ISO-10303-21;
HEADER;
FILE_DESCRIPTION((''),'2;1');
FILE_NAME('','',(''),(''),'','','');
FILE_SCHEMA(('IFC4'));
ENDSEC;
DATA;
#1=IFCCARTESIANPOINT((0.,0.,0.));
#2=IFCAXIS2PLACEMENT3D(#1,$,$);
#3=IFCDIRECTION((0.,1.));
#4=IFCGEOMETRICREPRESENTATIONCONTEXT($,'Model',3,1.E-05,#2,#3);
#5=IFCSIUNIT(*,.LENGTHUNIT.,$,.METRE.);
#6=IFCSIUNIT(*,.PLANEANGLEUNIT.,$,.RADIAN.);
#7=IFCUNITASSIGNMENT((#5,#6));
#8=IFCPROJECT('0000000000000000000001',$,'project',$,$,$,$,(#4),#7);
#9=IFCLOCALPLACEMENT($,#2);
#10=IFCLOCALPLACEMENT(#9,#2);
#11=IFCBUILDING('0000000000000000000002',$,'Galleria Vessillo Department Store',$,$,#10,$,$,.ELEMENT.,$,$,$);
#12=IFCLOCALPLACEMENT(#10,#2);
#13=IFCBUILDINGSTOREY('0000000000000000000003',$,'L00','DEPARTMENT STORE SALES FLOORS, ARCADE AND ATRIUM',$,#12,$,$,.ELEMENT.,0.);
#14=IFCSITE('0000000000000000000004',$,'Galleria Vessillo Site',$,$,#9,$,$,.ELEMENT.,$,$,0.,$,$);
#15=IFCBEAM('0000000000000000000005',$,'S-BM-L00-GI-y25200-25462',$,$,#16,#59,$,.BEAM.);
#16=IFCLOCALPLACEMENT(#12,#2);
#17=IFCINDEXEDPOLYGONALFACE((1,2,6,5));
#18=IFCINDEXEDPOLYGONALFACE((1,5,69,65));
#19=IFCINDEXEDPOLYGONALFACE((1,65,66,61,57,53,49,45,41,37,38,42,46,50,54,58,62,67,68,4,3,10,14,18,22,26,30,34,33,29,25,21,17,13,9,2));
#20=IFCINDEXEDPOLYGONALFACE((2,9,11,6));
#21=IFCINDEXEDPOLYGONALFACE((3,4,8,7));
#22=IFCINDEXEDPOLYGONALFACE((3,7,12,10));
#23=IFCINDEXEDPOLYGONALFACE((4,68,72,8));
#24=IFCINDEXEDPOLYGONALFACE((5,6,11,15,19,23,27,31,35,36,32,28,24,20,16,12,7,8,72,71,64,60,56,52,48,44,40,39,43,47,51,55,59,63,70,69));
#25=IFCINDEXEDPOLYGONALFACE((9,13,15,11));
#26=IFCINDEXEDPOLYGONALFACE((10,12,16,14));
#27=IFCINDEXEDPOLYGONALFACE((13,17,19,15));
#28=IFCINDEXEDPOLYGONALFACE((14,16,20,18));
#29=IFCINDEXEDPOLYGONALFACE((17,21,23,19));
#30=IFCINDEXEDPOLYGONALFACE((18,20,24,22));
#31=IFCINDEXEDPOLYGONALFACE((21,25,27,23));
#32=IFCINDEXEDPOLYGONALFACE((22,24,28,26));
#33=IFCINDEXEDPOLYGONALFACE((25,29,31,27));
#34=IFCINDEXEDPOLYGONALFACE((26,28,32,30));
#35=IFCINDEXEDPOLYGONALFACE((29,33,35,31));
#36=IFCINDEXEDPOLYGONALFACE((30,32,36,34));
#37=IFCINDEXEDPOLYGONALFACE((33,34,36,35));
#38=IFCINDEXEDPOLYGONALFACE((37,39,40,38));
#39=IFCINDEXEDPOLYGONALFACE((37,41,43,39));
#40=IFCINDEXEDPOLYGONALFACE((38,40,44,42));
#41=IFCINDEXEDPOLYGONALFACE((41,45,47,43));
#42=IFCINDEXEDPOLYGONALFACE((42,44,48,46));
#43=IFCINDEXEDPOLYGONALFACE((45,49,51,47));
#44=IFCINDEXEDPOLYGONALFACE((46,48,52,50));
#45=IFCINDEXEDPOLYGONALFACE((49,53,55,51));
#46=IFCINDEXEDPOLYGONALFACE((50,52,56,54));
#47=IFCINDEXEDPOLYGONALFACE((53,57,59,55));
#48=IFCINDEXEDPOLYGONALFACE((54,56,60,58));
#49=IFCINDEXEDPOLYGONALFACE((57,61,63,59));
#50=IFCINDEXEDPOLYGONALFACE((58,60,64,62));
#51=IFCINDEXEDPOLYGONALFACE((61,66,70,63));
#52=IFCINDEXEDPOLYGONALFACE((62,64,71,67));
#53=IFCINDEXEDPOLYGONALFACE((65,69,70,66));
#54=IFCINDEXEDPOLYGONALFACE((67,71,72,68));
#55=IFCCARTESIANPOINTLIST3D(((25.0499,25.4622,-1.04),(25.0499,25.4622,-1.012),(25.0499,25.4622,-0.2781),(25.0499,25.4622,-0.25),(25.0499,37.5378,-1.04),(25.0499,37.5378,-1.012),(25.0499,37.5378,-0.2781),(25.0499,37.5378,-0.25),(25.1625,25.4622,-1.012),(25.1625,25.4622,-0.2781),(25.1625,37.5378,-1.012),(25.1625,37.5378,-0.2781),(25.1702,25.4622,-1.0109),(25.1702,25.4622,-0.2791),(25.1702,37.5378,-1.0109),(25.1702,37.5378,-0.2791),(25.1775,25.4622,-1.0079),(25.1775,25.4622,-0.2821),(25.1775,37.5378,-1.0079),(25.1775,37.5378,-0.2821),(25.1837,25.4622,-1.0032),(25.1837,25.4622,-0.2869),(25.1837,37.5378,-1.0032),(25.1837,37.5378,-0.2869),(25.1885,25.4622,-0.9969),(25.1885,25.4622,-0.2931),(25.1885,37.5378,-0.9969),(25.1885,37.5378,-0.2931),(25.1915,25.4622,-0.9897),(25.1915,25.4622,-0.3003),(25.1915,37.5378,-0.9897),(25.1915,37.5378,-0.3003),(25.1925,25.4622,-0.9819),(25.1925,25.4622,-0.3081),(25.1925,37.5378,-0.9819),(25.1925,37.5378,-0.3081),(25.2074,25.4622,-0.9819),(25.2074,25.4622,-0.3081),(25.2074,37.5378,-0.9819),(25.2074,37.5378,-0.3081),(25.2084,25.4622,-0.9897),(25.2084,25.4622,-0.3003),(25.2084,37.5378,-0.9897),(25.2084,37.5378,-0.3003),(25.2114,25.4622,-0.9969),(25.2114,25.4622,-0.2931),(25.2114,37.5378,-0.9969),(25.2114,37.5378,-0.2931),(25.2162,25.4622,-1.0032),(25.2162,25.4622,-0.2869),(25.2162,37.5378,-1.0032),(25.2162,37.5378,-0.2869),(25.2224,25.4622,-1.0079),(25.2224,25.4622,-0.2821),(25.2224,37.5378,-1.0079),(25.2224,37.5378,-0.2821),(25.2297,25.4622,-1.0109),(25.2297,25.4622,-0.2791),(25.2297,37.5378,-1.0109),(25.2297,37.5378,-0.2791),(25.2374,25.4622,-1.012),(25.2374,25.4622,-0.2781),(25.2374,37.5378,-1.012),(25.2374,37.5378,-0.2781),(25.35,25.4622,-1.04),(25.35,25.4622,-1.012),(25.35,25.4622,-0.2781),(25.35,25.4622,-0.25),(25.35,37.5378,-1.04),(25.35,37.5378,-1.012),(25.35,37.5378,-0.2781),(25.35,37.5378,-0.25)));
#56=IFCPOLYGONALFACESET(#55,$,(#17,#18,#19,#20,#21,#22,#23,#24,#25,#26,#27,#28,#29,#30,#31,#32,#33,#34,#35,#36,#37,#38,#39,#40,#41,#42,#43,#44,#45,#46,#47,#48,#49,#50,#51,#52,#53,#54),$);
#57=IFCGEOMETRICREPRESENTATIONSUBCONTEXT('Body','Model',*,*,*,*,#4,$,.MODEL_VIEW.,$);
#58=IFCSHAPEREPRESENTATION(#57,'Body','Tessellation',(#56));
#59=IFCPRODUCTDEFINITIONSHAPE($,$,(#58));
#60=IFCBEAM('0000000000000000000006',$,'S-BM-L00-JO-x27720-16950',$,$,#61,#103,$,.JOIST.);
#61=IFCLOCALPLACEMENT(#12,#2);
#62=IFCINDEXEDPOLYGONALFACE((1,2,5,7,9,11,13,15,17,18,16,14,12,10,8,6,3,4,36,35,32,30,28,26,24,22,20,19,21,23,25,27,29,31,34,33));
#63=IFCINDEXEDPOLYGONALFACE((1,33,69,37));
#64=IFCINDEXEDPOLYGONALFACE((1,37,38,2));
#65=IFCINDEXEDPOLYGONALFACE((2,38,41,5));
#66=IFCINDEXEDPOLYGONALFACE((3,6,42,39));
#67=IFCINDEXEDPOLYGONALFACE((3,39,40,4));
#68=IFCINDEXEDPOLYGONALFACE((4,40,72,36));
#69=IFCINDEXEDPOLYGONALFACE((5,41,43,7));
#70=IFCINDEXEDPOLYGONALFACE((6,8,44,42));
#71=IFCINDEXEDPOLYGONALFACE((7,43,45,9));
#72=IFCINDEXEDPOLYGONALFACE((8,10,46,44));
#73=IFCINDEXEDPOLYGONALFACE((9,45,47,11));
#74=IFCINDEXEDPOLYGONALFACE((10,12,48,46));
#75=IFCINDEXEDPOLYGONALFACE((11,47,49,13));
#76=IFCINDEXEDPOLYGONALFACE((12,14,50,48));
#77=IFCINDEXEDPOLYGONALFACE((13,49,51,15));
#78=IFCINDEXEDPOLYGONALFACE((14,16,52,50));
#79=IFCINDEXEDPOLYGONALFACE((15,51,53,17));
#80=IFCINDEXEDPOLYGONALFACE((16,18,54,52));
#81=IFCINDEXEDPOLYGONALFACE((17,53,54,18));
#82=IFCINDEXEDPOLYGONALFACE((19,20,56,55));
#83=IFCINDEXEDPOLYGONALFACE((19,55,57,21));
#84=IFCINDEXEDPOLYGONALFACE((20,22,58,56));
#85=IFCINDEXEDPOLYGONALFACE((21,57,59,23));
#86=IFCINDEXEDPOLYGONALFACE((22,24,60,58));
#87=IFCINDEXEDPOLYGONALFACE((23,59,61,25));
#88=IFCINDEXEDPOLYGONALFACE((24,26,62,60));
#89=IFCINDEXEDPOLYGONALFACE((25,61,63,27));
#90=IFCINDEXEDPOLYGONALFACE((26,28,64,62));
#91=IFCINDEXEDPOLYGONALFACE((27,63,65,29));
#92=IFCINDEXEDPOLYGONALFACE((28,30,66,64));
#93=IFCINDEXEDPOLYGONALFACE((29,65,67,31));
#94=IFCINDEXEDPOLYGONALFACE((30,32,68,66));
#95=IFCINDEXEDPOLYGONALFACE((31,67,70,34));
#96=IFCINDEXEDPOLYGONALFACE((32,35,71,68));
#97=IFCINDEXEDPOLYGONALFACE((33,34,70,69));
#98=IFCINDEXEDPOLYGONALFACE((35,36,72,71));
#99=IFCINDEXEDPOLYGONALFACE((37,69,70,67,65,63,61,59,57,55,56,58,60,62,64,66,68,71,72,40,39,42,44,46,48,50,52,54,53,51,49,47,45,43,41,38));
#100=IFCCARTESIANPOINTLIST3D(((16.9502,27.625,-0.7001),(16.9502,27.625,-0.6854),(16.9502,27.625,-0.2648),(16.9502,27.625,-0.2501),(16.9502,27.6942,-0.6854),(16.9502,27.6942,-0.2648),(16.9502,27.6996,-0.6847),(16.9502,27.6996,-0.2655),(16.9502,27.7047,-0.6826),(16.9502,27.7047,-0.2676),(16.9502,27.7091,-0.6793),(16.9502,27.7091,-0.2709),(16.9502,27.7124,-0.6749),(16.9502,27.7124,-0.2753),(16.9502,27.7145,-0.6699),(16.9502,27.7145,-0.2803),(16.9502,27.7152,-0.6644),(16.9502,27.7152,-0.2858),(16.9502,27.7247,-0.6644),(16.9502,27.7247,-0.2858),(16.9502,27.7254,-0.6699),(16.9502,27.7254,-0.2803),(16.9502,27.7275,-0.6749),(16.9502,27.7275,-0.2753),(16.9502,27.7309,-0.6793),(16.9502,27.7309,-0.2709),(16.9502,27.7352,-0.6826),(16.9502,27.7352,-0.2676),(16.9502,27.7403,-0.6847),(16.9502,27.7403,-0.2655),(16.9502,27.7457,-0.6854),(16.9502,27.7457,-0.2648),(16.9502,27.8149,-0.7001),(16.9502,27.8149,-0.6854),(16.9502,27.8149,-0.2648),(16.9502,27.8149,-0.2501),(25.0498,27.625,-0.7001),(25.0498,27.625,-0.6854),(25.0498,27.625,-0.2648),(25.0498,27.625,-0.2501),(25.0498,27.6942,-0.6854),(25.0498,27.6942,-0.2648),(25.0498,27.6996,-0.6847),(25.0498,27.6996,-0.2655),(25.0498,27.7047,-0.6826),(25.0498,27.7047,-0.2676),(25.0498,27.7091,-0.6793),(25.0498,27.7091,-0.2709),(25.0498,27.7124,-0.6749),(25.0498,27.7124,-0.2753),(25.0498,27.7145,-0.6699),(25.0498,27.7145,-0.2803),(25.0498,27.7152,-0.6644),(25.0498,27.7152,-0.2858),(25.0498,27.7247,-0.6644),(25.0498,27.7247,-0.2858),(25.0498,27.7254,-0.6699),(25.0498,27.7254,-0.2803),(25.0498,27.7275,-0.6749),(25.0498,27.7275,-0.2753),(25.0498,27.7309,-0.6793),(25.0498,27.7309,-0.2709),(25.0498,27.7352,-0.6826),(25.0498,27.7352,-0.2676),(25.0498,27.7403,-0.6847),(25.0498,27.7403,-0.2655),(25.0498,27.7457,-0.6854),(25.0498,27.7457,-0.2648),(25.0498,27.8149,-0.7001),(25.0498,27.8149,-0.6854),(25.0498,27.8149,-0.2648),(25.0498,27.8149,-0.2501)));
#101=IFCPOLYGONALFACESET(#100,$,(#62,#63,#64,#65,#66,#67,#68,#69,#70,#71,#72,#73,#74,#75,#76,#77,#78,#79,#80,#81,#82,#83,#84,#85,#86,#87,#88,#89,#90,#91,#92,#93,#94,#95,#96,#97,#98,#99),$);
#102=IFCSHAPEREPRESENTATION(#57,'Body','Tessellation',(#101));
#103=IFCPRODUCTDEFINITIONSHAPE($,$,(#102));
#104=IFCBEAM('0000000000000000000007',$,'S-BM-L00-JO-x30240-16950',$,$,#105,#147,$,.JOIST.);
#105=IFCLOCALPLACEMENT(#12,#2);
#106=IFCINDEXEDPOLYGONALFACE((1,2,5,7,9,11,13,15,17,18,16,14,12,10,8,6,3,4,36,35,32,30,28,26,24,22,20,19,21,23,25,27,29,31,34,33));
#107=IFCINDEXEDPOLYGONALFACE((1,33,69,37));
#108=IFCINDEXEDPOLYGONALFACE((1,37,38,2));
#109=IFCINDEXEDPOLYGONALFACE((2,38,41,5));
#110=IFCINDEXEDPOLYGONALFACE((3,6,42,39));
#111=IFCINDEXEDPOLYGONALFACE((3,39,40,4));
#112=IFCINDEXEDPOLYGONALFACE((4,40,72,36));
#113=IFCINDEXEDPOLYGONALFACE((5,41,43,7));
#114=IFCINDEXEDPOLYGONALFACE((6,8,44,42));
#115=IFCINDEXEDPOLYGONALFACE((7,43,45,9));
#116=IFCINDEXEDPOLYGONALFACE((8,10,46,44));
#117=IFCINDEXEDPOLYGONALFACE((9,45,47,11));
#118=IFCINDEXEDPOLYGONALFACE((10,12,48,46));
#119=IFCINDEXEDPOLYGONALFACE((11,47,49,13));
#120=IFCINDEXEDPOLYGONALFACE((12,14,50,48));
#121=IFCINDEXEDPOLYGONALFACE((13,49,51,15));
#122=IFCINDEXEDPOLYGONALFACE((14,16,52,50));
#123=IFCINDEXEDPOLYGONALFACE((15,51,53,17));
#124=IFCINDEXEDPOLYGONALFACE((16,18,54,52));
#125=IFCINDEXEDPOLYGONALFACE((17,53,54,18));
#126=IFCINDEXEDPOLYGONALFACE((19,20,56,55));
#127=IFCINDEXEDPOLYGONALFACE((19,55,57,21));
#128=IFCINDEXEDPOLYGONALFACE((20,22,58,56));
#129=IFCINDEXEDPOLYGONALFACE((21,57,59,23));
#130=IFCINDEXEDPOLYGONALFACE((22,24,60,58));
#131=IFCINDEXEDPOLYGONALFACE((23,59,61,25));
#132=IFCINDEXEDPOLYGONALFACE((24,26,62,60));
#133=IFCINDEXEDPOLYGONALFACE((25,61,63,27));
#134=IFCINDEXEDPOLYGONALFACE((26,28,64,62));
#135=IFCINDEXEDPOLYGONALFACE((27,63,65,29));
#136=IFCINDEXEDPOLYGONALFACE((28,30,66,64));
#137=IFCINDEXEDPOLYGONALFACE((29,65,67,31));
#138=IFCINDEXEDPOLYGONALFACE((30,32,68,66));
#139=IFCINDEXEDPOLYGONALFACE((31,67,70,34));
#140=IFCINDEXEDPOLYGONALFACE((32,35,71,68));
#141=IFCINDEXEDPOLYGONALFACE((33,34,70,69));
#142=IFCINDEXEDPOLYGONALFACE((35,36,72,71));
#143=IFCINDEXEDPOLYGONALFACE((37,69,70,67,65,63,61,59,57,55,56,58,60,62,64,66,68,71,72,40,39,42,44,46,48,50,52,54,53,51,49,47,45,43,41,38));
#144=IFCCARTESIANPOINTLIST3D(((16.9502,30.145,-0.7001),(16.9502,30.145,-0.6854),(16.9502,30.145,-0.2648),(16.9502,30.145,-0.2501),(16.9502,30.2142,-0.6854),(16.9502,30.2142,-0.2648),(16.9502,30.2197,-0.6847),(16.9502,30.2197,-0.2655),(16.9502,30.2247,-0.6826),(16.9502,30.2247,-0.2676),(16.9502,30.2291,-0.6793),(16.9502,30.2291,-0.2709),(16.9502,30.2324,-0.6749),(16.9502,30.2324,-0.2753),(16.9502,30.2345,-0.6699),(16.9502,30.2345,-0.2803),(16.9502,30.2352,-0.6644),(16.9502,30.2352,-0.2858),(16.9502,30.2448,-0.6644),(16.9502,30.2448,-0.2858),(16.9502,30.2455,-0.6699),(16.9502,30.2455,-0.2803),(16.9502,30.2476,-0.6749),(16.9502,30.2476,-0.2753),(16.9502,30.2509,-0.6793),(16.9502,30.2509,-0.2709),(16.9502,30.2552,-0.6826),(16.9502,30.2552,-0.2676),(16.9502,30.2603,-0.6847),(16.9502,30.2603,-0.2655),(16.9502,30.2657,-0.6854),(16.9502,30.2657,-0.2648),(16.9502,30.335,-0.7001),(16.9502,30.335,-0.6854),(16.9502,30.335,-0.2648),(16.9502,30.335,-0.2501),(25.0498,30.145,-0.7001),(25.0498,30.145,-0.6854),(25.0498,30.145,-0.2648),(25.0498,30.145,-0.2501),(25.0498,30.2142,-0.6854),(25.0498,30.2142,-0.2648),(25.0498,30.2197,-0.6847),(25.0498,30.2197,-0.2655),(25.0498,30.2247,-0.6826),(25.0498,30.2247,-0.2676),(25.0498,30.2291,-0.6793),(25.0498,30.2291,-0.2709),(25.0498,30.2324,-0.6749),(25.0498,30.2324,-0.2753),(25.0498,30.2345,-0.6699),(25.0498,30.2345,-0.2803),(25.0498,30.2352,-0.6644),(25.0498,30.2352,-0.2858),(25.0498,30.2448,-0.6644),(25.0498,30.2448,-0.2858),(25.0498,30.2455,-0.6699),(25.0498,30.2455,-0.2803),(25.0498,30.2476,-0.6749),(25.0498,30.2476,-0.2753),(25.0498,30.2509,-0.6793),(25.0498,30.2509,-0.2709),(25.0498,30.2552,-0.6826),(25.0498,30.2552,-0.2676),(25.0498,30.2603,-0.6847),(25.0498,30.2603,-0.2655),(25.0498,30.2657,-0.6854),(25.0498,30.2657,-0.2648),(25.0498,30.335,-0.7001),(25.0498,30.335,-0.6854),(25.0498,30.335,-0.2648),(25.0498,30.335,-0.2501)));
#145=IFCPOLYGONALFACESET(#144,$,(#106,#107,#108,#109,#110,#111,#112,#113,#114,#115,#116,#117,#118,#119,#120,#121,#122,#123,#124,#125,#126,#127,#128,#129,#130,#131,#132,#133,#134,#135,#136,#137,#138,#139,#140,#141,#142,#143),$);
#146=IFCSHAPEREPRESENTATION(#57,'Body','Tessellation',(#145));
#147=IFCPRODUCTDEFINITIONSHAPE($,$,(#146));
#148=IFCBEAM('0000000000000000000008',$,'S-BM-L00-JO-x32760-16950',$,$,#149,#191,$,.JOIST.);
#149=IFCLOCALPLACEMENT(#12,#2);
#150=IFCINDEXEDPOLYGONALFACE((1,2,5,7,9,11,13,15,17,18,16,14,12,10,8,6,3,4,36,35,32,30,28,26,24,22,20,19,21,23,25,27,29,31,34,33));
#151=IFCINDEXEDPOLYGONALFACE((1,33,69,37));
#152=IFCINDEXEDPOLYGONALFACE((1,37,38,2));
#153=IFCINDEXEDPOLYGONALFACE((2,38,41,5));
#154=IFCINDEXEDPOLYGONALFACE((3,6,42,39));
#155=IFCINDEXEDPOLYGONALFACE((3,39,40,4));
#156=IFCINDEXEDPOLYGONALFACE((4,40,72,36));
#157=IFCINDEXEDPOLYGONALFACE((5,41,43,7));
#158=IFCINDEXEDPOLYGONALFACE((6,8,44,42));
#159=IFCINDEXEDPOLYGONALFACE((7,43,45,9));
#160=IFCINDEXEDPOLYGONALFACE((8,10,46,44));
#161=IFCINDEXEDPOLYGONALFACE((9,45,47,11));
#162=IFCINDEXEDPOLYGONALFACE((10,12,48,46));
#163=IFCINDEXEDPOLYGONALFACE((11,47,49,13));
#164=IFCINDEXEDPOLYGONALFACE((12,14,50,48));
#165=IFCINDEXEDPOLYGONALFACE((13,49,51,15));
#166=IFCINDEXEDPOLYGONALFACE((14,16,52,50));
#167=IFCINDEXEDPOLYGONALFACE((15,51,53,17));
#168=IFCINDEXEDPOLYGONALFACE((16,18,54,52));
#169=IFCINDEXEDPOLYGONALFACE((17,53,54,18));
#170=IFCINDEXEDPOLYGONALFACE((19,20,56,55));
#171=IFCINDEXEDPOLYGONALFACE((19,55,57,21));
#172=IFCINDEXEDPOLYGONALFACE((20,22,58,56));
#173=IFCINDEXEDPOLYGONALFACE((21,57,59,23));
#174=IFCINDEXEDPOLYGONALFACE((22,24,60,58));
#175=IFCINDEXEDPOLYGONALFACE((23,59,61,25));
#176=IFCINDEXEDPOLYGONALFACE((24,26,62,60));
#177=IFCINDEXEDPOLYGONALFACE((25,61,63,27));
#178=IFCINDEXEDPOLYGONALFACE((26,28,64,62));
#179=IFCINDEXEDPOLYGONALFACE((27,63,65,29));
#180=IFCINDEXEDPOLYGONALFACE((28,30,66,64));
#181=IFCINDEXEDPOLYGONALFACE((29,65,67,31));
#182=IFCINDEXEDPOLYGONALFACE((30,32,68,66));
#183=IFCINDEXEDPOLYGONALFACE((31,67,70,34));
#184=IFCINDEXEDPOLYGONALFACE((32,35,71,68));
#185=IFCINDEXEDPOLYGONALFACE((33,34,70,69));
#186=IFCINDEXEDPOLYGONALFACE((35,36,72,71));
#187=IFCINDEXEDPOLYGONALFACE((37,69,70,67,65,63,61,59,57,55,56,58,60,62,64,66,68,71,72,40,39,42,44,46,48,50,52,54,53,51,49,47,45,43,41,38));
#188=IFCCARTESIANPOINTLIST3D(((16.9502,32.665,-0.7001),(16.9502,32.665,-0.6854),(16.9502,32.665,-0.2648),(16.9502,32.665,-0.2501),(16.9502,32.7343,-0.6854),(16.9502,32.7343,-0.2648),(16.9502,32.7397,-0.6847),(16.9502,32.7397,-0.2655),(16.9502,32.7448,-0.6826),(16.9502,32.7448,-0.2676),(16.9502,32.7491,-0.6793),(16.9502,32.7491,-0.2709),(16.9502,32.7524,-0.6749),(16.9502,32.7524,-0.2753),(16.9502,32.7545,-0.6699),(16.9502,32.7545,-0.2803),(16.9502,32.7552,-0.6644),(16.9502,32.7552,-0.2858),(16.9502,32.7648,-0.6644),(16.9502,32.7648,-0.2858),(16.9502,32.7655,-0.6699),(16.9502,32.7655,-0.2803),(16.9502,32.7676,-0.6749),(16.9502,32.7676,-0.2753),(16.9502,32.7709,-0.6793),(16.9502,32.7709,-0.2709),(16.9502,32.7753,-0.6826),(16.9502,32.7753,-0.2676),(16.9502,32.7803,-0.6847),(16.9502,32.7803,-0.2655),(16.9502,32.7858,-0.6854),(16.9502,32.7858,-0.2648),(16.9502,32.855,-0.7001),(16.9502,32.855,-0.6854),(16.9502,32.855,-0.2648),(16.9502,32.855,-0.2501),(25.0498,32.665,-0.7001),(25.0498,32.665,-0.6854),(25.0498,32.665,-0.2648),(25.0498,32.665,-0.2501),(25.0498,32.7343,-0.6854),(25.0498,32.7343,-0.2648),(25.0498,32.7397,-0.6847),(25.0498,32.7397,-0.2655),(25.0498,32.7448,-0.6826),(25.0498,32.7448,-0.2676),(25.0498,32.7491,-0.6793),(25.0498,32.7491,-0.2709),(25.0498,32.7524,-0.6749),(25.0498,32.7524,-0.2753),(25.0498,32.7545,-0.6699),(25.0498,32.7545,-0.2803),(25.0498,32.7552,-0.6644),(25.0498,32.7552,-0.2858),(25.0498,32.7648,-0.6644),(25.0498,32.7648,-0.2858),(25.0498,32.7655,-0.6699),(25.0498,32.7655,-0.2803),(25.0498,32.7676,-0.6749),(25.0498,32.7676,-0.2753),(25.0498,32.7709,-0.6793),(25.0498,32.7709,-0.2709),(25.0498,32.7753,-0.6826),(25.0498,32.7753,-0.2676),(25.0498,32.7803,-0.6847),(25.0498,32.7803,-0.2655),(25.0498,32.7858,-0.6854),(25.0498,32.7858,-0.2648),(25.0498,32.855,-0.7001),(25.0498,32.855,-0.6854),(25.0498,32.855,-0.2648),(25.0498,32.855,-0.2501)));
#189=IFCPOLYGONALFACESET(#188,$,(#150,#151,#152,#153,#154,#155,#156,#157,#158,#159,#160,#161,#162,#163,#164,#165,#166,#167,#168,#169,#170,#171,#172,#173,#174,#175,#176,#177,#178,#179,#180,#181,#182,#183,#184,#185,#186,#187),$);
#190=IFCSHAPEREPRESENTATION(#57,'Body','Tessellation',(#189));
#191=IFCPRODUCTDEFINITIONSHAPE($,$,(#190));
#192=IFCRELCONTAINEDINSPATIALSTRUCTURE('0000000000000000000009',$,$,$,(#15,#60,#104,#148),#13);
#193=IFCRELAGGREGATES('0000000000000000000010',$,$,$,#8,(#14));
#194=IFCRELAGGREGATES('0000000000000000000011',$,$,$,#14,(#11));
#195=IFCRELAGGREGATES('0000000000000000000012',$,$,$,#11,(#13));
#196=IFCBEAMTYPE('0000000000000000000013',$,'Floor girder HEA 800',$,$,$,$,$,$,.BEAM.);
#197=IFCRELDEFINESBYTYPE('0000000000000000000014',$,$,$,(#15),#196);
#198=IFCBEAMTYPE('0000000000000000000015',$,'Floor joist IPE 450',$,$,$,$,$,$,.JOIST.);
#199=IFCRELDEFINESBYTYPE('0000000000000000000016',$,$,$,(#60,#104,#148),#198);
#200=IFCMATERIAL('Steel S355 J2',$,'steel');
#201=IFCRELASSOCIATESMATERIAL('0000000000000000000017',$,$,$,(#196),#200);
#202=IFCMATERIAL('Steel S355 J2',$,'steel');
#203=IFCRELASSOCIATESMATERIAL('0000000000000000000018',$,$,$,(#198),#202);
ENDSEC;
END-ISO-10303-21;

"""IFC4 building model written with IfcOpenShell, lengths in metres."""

from ifc_helpers import new_model, si_unit, direction, frame, origin, origin_2d, place, context, subcontext, project, spatial, i_section, extrude, material, material_profile, profile_set, type_object, element, save


model = new_model("IFC4")

# Units and contexts
model_context = context("Model", 3, precision=1e-05, world=origin(), true_north=direction((0.0, 1.0)))
body_context = subcontext(model_context, "Body", "Model", "MODEL_VIEW")
ifc_project = project(units=[si_unit("LENGTHUNIT", "METRE"), si_unit("PLANEANGLEUNIT", "RADIAN")], contexts=[model_context])

# Site, building, storey
site_placement = place(None, origin())
site = spatial("IfcSite", under=ifc_project, at=site_placement, Name="Galleria Vessillo Site", CompositionType="ELEMENT", RefElevation=0.0)
building_placement = place(site_placement, origin())
building = spatial("IfcBuilding", under=site, at=building_placement, Name="Galleria Vessillo Department Store", CompositionType="ELEMENT")
storey_placement = place(building_placement, origin())
storey = spatial("IfcBuildingStorey", under=building, at=storey_placement, Name="L00", Description="DEPARTMENT STORE SALES FLOORS, ARCADE AND ATRIUM", CompositionType="ELEMENT", Elevation=0.0)

# Beams
ifc_material_1 = material(Name="Steel S355 J2", Category="steel")
ifc_material_profile_1 = material_profile(ifc_material_1, i_section(OverallWidth=0.3, OverallDepth=0.79, WebThickness=0.0149, FlangeThickness=0.0281, FilletRadius=0.03, at=origin_2d()), Name="HEA 800")
ifc_profile_set_1 = profile_set([ifc_material_profile_1], Name="Steel S355 J2")
beam_type_1 = type_object("IfcBeamType", Name="Floor girder HEA 800", PredefinedType="BEAM", material=ifc_profile_set_1)
beam_1_placement = place(storey_placement, frame((25.2, 25.4622, -0.645), z_axis=(0.0, 1.0, 0.0), x_axis=(-1.0, 0.0, 0.0)))
element("IfcBeam", 1, at=beam_1_placement, inside=storey, type_object=beam_type_1, Name="S-BM-L00-GI-y25200-25462", PredefinedType="BEAM", context=body_context, shape_type="SweptSolid", body=[
    extrude(i_section(OverallWidth=0.3, OverallDepth=0.79, WebThickness=0.0149, FlangeThickness=0.0281, FilletRadius=0.03, at=origin_2d()), origin(), (0.0, 0.0, 1.0), 12.0757),
])
ifc_material_2 = material(Name="Steel S355 J2", Category="steel")
ifc_material_profile_2 = material_profile(ifc_material_2, i_section(OverallWidth=0.1899, OverallDepth=0.45, WebThickness=0.0095, FlangeThickness=0.0146, FilletRadius=0.021, at=origin_2d()), Name="IPE 450")
ifc_profile_set_2 = profile_set([ifc_material_profile_2], Name="Steel S355 J2")
beam_type_2 = type_object("IfcBeamType", Name="Floor joist IPE 450", PredefinedType="JOIST", material=ifc_profile_set_2)
for number, where, z_axis, x_axis, name in (
    (2, (16.9502, 27.72, -0.4751), (1.0, 0.0, 0.0), (0.0, 1.0, 0.0), "S-BM-L00-JO-x27720-16950"),
    (3, (16.9502, 30.24, -0.4751), (1.0, 0.0, 0.0), (0.0, 1.0, 0.0), "S-BM-L00-JO-x30240-16950"),
    (4, (16.9502, 32.76, -0.4751), (1.0, 0.0, 0.0), (0.0, 1.0, 0.0), "S-BM-L00-JO-x32760-16950"),
):
    element("IfcBeam", number, at=place(storey_placement, frame(where, z_axis=z_axis, x_axis=x_axis)), inside=storey, type_object=beam_type_2, Name=name, PredefinedType="JOIST", context=body_context, shape_type="SweptSolid", body=[
        extrude(i_section(OverallWidth=0.1899, OverallDepth=0.45, WebThickness=0.0095, FlangeThickness=0.0146, FilletRadius=0.021, at=origin_2d()), origin(), (0.0, 0.0, 1.0), 8.0996),
    ])

save(model, "model.ifc")
